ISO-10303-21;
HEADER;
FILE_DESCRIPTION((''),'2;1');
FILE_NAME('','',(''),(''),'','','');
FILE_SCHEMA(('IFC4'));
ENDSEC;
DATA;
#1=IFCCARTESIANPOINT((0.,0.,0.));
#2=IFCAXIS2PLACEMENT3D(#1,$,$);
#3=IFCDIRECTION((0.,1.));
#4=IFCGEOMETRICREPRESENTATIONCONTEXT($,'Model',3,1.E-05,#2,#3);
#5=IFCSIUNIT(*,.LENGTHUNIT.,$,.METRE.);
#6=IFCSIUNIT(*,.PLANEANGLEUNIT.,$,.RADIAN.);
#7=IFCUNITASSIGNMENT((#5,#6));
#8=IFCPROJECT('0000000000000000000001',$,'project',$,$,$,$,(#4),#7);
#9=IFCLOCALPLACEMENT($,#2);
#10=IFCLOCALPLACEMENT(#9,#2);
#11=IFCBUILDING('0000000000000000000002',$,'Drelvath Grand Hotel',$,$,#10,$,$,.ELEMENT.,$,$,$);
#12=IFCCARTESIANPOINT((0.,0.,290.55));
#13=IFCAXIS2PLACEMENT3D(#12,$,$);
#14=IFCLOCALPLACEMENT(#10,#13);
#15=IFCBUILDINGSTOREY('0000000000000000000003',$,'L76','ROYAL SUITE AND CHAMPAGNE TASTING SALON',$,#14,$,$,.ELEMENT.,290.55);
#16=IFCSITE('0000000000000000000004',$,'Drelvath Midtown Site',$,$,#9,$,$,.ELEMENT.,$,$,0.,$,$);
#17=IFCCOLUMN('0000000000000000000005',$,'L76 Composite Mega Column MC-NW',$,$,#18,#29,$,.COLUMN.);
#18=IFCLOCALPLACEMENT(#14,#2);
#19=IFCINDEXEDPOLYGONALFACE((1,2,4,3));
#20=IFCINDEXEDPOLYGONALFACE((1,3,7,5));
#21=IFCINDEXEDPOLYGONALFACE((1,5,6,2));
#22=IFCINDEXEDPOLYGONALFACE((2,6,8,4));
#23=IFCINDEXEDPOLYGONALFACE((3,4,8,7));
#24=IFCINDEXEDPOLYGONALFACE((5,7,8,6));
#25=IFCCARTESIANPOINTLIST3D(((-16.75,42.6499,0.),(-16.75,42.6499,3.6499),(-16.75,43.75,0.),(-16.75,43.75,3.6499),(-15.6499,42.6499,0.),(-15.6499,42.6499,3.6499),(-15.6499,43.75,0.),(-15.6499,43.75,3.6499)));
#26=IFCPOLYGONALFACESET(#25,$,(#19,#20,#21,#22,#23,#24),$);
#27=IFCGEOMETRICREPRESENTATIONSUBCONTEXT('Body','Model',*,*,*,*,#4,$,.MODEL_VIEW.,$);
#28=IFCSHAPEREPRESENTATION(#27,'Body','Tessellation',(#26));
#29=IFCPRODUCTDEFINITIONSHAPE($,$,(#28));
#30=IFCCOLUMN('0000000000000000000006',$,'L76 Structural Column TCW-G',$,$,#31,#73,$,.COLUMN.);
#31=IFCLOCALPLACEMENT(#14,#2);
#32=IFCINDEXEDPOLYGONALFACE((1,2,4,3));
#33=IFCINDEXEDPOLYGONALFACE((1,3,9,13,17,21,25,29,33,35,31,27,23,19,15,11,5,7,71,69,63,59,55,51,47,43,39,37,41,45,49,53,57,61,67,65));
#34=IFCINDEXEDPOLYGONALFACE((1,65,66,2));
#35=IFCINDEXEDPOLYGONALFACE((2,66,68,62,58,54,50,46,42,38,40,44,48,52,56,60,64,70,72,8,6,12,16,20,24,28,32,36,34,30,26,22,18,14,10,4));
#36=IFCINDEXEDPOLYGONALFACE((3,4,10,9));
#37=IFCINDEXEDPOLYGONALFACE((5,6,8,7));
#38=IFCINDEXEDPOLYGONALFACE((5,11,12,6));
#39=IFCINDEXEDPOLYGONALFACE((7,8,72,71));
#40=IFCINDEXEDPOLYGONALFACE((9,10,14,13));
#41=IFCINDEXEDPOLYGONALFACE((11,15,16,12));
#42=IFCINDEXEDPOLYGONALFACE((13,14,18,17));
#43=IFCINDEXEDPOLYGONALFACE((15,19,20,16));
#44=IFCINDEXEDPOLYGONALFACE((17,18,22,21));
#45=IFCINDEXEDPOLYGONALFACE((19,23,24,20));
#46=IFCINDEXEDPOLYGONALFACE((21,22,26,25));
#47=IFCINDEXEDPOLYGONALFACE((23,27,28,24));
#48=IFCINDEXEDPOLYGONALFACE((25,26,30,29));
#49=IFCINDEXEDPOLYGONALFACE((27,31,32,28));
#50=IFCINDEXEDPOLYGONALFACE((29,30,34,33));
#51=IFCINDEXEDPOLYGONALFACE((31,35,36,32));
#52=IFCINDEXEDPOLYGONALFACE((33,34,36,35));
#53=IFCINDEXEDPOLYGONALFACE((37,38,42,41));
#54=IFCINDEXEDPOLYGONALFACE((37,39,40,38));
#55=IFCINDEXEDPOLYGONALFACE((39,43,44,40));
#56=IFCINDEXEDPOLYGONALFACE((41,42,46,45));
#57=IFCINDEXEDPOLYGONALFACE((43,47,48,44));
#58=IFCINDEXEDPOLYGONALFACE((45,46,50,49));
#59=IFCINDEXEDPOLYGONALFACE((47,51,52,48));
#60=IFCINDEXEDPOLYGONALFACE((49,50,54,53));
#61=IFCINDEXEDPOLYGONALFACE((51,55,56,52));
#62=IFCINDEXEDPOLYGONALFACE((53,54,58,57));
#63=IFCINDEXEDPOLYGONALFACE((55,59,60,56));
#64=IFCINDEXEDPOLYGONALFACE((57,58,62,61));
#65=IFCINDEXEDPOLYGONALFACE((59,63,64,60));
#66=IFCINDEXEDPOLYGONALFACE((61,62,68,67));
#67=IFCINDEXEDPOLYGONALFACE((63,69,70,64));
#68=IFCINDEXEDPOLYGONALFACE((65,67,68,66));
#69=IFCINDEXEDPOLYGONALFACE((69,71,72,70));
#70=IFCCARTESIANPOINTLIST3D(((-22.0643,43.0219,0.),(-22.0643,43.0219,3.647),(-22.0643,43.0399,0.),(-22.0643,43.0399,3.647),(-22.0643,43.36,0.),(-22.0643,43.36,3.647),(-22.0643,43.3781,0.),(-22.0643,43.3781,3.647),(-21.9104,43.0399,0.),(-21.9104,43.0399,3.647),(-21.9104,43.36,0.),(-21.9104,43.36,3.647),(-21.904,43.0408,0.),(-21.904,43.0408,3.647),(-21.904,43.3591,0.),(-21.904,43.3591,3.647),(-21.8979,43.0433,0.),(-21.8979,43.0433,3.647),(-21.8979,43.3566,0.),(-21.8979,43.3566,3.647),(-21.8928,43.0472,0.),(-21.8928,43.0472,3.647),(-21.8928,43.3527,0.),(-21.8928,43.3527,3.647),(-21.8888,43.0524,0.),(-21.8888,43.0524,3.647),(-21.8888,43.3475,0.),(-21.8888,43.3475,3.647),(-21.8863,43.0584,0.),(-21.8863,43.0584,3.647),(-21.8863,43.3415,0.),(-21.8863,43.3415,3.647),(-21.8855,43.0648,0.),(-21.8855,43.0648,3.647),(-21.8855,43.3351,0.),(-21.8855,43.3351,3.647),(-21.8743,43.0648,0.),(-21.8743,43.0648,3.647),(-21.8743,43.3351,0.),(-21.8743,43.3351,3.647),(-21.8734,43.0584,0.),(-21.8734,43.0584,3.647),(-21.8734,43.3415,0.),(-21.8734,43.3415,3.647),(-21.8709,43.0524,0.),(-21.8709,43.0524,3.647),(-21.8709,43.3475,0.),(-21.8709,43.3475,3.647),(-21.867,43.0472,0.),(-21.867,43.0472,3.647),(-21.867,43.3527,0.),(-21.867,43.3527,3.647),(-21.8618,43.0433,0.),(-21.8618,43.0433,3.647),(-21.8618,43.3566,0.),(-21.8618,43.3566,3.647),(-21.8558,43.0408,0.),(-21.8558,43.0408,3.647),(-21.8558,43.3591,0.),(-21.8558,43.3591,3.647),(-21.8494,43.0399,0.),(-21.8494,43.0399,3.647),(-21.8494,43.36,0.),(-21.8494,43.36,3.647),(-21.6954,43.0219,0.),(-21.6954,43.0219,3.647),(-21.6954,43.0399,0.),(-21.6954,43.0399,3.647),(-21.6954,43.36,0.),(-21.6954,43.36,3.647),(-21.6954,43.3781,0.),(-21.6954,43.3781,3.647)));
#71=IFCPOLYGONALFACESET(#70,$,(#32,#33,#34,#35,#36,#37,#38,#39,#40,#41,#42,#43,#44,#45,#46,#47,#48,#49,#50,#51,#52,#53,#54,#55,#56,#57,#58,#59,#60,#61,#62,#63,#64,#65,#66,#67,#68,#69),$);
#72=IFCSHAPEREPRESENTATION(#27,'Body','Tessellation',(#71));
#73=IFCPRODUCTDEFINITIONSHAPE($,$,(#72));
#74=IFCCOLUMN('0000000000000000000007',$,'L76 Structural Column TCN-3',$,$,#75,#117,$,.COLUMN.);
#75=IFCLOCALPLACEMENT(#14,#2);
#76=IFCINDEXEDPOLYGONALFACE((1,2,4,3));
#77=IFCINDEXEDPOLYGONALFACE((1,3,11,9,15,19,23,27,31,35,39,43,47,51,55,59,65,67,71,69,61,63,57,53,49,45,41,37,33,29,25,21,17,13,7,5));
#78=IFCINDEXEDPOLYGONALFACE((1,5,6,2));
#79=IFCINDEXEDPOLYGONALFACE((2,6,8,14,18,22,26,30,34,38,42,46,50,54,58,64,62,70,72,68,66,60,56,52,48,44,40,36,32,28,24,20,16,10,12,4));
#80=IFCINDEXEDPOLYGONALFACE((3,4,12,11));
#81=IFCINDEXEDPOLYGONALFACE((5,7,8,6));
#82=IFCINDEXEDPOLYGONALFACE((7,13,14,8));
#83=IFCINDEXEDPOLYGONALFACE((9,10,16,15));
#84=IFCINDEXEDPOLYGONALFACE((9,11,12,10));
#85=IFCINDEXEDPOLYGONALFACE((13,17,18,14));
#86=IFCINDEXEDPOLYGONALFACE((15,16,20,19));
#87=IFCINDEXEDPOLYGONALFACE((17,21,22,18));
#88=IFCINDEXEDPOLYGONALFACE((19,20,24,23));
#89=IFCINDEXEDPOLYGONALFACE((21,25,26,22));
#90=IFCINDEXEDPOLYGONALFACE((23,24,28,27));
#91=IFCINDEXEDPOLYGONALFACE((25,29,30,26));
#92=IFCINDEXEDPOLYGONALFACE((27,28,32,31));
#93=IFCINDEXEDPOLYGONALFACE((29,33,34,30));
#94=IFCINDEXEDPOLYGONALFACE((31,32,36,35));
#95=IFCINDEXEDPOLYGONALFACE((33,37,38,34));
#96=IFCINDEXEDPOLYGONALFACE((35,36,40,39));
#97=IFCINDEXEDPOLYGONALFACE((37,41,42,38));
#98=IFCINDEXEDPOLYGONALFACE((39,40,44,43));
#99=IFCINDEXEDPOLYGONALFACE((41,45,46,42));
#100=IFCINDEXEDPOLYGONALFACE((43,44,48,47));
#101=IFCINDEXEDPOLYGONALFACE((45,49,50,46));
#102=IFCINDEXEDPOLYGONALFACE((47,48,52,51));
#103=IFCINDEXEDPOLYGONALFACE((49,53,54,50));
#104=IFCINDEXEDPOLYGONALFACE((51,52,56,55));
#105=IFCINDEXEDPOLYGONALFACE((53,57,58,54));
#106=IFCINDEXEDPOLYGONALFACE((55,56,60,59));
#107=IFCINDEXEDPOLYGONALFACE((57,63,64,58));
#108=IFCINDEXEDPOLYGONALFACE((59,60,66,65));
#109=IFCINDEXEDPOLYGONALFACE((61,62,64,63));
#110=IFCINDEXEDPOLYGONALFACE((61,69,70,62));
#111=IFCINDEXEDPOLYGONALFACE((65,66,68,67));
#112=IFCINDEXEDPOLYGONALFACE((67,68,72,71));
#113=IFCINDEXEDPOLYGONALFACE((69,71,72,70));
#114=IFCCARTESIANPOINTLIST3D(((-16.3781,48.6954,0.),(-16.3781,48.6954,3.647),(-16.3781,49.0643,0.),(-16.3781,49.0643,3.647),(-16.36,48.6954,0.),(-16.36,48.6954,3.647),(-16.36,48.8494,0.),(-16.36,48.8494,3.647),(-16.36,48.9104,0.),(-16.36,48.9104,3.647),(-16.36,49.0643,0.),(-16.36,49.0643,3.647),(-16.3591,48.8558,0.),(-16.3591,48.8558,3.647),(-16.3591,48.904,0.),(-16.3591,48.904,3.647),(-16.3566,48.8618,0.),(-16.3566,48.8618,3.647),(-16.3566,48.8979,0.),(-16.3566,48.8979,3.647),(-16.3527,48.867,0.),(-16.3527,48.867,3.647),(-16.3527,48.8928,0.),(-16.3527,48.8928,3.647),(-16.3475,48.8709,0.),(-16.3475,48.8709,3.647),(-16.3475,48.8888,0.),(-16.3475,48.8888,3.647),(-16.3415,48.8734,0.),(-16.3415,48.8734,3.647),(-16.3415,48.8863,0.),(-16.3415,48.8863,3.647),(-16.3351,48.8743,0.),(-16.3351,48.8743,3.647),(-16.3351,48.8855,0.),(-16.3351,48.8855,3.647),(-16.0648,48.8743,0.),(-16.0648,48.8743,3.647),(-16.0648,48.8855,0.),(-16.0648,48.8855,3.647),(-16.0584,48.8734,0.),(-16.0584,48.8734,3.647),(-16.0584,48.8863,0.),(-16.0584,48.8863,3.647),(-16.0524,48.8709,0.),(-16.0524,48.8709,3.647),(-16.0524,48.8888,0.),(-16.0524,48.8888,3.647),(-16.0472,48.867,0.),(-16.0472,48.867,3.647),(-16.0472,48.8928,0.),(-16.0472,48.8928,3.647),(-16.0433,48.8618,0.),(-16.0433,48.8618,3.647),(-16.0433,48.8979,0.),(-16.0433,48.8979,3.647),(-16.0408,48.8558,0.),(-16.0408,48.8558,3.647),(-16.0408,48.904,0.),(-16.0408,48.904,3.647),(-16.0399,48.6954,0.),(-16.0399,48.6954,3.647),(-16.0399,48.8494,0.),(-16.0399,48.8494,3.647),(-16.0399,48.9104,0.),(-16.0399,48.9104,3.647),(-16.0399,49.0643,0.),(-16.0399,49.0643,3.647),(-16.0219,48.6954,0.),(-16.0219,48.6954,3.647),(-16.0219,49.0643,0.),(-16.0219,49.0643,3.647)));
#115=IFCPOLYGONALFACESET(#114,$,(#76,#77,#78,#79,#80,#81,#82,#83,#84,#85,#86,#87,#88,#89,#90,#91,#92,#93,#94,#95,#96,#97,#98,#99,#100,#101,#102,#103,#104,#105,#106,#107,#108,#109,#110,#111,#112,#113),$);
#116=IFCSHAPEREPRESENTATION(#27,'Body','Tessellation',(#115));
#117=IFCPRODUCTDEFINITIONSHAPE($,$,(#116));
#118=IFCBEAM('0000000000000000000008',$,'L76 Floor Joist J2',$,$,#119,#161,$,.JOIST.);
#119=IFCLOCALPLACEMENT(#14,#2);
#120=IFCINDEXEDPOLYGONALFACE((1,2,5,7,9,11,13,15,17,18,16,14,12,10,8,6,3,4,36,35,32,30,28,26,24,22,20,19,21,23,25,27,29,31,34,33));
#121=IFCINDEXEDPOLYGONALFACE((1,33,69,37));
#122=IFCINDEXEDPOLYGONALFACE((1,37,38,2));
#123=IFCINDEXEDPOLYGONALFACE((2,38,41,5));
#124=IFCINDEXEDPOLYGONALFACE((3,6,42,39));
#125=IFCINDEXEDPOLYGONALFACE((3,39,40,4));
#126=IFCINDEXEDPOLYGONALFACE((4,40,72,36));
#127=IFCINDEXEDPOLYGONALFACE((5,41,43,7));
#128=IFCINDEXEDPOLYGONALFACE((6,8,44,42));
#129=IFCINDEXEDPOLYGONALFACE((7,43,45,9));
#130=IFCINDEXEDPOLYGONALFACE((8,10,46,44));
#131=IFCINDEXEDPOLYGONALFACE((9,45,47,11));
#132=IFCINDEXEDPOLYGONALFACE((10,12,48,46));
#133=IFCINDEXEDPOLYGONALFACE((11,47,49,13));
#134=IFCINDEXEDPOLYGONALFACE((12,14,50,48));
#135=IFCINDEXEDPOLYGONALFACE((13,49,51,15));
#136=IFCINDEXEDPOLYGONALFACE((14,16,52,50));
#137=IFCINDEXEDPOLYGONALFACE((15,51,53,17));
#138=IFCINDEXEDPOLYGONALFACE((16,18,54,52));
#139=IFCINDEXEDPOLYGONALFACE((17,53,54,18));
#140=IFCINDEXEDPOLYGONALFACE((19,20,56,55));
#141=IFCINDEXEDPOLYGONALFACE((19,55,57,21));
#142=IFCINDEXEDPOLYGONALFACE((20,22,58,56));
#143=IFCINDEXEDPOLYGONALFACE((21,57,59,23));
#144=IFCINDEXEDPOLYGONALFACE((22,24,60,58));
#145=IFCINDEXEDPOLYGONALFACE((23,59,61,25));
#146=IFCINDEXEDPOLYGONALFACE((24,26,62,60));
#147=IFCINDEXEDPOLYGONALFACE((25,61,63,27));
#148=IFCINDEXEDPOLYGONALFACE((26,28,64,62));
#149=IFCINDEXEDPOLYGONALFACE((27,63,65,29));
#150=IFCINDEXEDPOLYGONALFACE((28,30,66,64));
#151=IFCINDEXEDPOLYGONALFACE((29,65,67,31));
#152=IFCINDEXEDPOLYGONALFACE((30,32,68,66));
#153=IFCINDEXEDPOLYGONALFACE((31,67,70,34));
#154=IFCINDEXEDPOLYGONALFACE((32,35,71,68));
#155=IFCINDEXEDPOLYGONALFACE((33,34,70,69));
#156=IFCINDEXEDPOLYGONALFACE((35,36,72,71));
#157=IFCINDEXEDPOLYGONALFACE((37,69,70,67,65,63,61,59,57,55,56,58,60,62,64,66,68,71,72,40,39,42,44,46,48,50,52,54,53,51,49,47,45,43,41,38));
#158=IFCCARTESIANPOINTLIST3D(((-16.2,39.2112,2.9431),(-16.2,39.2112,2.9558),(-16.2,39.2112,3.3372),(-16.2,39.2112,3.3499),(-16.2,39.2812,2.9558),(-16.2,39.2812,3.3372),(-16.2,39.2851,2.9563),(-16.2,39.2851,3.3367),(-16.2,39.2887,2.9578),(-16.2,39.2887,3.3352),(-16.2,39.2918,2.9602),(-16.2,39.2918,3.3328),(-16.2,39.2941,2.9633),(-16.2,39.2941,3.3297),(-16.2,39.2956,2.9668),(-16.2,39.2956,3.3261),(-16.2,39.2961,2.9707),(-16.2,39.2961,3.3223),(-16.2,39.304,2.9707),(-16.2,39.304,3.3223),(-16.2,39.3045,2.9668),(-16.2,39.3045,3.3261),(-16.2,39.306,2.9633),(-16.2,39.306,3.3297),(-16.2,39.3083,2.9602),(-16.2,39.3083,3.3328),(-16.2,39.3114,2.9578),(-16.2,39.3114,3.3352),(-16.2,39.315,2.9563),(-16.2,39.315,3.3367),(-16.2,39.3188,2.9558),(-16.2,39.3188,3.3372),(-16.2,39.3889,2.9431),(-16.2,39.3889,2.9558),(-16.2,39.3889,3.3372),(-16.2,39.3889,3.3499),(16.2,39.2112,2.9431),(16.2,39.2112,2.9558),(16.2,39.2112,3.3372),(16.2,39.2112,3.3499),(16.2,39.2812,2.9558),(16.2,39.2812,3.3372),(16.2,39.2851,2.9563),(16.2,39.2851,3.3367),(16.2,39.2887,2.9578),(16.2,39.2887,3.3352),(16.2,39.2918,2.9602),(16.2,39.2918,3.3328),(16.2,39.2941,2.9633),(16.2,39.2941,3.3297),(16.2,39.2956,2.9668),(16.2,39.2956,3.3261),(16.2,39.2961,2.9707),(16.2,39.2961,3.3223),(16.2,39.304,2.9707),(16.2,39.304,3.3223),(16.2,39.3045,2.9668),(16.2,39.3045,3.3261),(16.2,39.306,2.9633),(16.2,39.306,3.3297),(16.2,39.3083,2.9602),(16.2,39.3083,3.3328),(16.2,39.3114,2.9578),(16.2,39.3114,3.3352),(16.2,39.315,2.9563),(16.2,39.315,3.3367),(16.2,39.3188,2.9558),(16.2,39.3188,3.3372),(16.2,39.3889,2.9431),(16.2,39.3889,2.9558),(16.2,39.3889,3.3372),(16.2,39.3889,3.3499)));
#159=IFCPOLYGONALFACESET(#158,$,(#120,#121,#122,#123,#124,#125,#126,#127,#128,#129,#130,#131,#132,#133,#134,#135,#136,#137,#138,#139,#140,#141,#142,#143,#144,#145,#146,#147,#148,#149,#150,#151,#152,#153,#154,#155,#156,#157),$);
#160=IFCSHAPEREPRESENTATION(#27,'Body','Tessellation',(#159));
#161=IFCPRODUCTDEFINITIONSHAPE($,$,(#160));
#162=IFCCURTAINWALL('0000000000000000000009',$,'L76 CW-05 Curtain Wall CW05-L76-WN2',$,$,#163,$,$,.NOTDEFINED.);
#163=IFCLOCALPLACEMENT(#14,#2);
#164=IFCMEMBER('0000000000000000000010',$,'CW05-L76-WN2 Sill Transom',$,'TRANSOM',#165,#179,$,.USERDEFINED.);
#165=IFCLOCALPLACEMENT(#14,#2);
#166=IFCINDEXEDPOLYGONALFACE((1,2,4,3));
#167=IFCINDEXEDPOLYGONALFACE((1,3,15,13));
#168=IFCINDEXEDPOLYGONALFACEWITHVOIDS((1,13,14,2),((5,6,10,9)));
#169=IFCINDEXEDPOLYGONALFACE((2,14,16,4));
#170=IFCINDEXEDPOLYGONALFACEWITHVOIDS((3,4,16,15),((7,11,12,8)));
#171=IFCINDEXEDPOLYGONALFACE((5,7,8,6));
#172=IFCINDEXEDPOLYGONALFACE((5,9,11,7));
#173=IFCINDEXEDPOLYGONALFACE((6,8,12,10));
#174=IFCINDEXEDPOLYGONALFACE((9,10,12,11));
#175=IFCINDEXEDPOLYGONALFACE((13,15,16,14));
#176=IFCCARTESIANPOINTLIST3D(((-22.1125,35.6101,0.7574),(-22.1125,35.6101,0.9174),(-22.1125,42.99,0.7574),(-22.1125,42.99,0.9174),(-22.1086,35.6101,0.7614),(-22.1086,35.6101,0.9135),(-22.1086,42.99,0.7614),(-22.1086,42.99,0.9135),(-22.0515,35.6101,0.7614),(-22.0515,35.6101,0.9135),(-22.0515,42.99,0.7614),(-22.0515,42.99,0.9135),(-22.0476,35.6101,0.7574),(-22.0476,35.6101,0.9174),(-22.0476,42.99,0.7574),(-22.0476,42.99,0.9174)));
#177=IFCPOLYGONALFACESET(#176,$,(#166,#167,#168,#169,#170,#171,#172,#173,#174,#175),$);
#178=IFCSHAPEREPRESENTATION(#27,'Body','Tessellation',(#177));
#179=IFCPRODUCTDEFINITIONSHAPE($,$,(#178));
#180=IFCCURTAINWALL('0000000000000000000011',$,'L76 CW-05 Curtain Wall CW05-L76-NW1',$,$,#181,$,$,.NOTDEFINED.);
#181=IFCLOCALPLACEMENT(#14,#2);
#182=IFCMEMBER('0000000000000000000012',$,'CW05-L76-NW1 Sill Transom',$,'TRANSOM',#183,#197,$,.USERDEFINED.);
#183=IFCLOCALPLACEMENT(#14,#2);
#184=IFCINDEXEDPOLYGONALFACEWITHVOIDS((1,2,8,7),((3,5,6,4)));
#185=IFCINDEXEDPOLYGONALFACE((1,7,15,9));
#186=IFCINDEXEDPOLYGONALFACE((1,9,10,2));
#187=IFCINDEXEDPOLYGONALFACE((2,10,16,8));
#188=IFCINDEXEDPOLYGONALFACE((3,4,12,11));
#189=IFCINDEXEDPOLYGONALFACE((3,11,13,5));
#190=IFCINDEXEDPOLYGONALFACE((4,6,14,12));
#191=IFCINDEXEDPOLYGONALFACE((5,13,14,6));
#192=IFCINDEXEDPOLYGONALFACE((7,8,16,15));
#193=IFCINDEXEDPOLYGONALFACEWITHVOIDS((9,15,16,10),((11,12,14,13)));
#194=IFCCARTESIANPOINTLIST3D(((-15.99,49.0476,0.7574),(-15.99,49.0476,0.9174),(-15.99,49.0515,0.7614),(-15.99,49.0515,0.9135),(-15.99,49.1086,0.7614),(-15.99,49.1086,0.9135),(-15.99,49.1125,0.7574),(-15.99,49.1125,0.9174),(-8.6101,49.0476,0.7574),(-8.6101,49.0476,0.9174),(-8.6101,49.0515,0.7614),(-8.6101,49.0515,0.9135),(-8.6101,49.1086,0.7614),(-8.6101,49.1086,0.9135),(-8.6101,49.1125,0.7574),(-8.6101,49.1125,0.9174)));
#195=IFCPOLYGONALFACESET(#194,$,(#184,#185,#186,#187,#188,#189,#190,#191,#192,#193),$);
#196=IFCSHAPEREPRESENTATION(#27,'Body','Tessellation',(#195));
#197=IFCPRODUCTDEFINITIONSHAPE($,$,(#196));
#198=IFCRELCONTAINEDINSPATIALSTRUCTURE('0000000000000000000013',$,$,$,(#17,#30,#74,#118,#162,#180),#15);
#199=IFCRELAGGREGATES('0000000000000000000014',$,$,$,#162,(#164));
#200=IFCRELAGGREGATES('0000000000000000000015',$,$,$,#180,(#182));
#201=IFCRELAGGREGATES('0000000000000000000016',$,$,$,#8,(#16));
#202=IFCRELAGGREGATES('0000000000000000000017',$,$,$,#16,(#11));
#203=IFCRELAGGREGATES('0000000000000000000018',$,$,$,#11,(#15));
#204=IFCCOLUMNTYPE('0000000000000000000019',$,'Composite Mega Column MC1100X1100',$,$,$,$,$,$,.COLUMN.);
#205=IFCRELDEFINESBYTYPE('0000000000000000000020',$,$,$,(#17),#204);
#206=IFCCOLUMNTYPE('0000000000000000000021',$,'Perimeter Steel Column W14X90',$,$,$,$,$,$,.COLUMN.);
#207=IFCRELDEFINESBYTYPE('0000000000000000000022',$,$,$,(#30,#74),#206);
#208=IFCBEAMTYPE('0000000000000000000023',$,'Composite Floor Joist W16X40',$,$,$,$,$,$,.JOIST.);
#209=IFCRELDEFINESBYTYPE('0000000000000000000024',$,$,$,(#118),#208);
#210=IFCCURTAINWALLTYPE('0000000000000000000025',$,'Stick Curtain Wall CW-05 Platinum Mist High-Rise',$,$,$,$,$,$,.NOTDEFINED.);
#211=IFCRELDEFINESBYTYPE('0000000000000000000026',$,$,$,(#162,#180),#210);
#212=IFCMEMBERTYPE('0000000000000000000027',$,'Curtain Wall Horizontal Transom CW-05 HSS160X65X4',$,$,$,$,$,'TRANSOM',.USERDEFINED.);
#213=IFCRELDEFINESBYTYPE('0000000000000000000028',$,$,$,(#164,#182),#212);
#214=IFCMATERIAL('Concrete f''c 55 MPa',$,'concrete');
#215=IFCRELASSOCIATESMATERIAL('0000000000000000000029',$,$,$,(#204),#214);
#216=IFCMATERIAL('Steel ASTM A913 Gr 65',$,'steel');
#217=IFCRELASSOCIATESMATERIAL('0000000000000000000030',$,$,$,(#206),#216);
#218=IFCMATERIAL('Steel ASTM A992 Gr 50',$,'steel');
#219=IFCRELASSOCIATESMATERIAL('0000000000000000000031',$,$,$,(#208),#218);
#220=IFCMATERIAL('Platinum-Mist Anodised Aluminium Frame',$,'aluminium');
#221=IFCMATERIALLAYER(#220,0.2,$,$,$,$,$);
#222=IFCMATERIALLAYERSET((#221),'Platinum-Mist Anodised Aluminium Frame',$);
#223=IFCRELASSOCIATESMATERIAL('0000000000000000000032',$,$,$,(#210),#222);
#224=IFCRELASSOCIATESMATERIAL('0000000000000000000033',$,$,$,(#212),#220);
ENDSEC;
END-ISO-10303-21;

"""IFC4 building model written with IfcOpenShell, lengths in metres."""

from ifc_helpers import new_model, si_unit, direction, frame, origin, origin_2d, place, context, subcontext, project, spatial, rectangle, hollow_rectangle, i_section, extrude, material, layer, layer_set, material_profile, profile_set, type_object, element, aggregate, save


model = new_model("IFC4")

# Units and contexts
model_context = context("Model", 3, precision=1e-05, world=origin(), true_north=direction((0.0, 1.0)))
body_context = subcontext(model_context, "Body", "Model", "MODEL_VIEW")
ifc_project = project(units=[si_unit("LENGTHUNIT", "METRE"), si_unit("PLANEANGLEUNIT", "RADIAN")], contexts=[model_context])

# Site, building, storey
site_placement = place(None, origin())
site = spatial("IfcSite", under=ifc_project, at=site_placement, Name="Drelvath Midtown Site", CompositionType="ELEMENT", RefElevation=0.0)
building_placement = place(site_placement, origin())
building = spatial("IfcBuilding", under=site, at=building_placement, Name="Drelvath Grand Hotel", CompositionType="ELEMENT")
storey_placement = place(building_placement, frame((0.0, 0.0, 290.55)))
storey = spatial("IfcBuildingStorey", under=building, at=storey_placement, Name="L76", Description="ROYAL SUITE AND CHAMPAGNE TASTING SALON", CompositionType="ELEMENT", Elevation=290.55)

# Columns
ifc_material_1 = material(Name="Concrete f'c 55 MPa", Category="concrete")
ifc_material_profile_1 = material_profile(ifc_material_1, rectangle(XDim=1.1001, YDim=1.1001, at=origin_2d()), Name="MC1100X1100")
ifc_profile_set_1 = profile_set([ifc_material_profile_1], Name="Concrete f'c 55 MPa")
column_type_1 = type_object("IfcColumnType", Name="Composite Mega Column MC1100X1100", PredefinedType="COLUMN", material=ifc_profile_set_1)
column_placement = place(storey_placement, frame((-16.2, 43.2, 0.0), z_axis=(0.0, 0.0, 1.0), x_axis=(1.0, 0.0, 0.0)))
element("IfcColumn", 1, at=column_placement, inside=storey, type_object=column_type_1, Name="L76 Composite Mega Column MC-NW", PredefinedType="COLUMN", context=body_context, shape_type="SweptSolid", body=[
    extrude(rectangle(XDim=1.1001, YDim=1.1001, at=origin_2d()), origin(), (0.0, 0.0, 1.0), 3.6499),
])
ifc_material_2 = material(Name="Steel ASTM A913 Gr 65", Category="steel")
ifc_material_profile_2 = material_profile(ifc_material_2, i_section(OverallWidth=0.3689, OverallDepth=0.3562, WebThickness=0.0112, FlangeThickness=0.0181, FilletRadius=0.0249, at=origin_2d()), Name="W14X90")
ifc_profile_set_2 = profile_set([ifc_material_profile_2], Name="Steel ASTM A913 Gr 65")
column_type_2 = type_object("IfcColumnType", Name="Perimeter Steel Column W14X90", PredefinedType="COLUMN", material=ifc_profile_set_2)
for number, where, z_axis, x_axis, name in (
    (2, (-21.8799, 43.2, 0.0), (0.0, 0.0, 1.0), (1.0, 0.0, 0.0), "L76 Structural Column TCW-G"),
    (3, (-16.2, 48.8799, 0.0), (0.0, 0.0, 1.0), (0.0, 1.0, 0.0), "L76 Structural Column TCN-3"),
):
    element("IfcColumn", number, at=place(storey_placement, frame(where, z_axis=z_axis, x_axis=x_axis)), inside=storey, type_object=column_type_2, Name=name, PredefinedType="COLUMN", context=body_context, shape_type="SweptSolid", body=[
        extrude(i_section(OverallWidth=0.3689, OverallDepth=0.3562, WebThickness=0.0112, FlangeThickness=0.0181, FilletRadius=0.0249, at=origin_2d()), origin(), (0.0, 0.0, 1.0), 3.647),
    ])

# Beam
ifc_material_3 = material(Name="Steel ASTM A992 Gr 50", Category="steel")
ifc_material_profile_3 = material_profile(ifc_material_3, i_section(OverallWidth=0.1777, OverallDepth=0.4067, WebThickness=0.0078, FlangeThickness=0.0127, FilletRadius=0.0149, at=origin_2d()), Name="W16X40")
ifc_profile_set_3 = profile_set([ifc_material_profile_3], Name="Steel ASTM A992 Gr 50")
beam_type_1 = type_object("IfcBeamType", Name="Composite Floor Joist W16X40", PredefinedType="JOIST", material=ifc_profile_set_3)
beam_1_placement = place(storey_placement, frame((-16.2, 39.3, 3.1465), z_axis=(1.0, 0.0, 0.0), x_axis=(0.0, 1.0, 0.0)))
element("IfcBeam", 4, at=beam_1_placement, inside=storey, type_object=beam_type_1, Name="L76 Floor Joist J2", PredefinedType="JOIST", context=body_context, shape_type="SweptSolid", body=[
    extrude(i_section(OverallWidth=0.1777, OverallDepth=0.4067, WebThickness=0.0078, FlangeThickness=0.0127, FilletRadius=0.0149, at=origin_2d()), origin(), (0.0, 0.0, 1.0), 32.3999),
])

# Curtain walls, members
ifc_material_4 = material(Name="Platinum-Mist Anodised Aluminium Frame", Category="aluminium")
ifc_layer_1 = layer(ifc_material_4, 0.2)
ifc_layer_set_1 = layer_set([ifc_layer_1], Name="Platinum-Mist Anodised Aluminium Frame")
curtain_wall_type = type_object("IfcCurtainWallType", Name="Stick Curtain Wall CW-05 Platinum Mist High-Rise", PredefinedType="NOTDEFINED", material=ifc_layer_set_1)
curtain_wall_1_placement = place(storey_placement, origin())
curtain_wall_1 = element("IfcCurtainWall", 5, at=curtain_wall_1_placement, inside=storey, type_object=curtain_wall_type, Name="L76 CW-05 Curtain Wall CW05-L76-WN2", PredefinedType="NOTDEFINED")
ifc_material_profile_4 = material_profile(ifc_material_4, hollow_rectangle(XDim=0.0649, YDim=0.1599, WallThickness=0.0039, at=origin_2d()), Name="HSS160X65X4")
ifc_profile_set_4 = profile_set([ifc_material_profile_4], Name="Platinum-Mist Anodised Aluminium Frame")
member_type_1 = type_object("IfcMemberType", Name="Curtain Wall Horizontal Transom CW-05 HSS160X65X4", ElementType="TRANSOM", PredefinedType="USERDEFINED", material=ifc_profile_set_4)
member_1_placement = place(storey_placement, frame((-22.0801, 35.6101, 0.8374), z_axis=(0.0, 1.0, 0.0), x_axis=(-1.0, 0.0, 0.0)))
member_1 = element("IfcMember", 6, at=member_1_placement, type_object=member_type_1, Name="CW05-L76-WN2 Sill Transom", ObjectType="TRANSOM", PredefinedType="USERDEFINED", context=body_context, shape_type="SweptSolid", body=[
    extrude(hollow_rectangle(XDim=0.0649, YDim=0.1599, WallThickness=0.0039, at=origin_2d()), origin(), (0.0, 0.0, 1.0), 7.3799),
])
curtain_wall_2_placement = place(storey_placement, origin())
curtain_wall_2 = element("IfcCurtainWall", 7, at=curtain_wall_2_placement, inside=storey, type_object=curtain_wall_type, Name="L76 CW-05 Curtain Wall CW05-L76-NW1", PredefinedType="NOTDEFINED")
member_2_placement = place(storey_placement, frame((-15.99, 49.0801, 0.8374), z_axis=(1.0, 0.0, 0.0), x_axis=(0.0, 1.0, 0.0)))
member_2 = element("IfcMember", 8, at=member_2_placement, type_object=member_type_1, Name="CW05-L76-NW1 Sill Transom", ObjectType="TRANSOM", PredefinedType="USERDEFINED", context=body_context, shape_type="SweptSolid", body=[
    extrude(hollow_rectangle(XDim=0.0649, YDim=0.1599, WallThickness=0.0039, at=origin_2d()), origin(), (0.0, 0.0, 1.0), 7.3799),
])

aggregate(curtain_wall_1, [member_1])
aggregate(curtain_wall_2, [member_2])

save(model, "model.ifc")
